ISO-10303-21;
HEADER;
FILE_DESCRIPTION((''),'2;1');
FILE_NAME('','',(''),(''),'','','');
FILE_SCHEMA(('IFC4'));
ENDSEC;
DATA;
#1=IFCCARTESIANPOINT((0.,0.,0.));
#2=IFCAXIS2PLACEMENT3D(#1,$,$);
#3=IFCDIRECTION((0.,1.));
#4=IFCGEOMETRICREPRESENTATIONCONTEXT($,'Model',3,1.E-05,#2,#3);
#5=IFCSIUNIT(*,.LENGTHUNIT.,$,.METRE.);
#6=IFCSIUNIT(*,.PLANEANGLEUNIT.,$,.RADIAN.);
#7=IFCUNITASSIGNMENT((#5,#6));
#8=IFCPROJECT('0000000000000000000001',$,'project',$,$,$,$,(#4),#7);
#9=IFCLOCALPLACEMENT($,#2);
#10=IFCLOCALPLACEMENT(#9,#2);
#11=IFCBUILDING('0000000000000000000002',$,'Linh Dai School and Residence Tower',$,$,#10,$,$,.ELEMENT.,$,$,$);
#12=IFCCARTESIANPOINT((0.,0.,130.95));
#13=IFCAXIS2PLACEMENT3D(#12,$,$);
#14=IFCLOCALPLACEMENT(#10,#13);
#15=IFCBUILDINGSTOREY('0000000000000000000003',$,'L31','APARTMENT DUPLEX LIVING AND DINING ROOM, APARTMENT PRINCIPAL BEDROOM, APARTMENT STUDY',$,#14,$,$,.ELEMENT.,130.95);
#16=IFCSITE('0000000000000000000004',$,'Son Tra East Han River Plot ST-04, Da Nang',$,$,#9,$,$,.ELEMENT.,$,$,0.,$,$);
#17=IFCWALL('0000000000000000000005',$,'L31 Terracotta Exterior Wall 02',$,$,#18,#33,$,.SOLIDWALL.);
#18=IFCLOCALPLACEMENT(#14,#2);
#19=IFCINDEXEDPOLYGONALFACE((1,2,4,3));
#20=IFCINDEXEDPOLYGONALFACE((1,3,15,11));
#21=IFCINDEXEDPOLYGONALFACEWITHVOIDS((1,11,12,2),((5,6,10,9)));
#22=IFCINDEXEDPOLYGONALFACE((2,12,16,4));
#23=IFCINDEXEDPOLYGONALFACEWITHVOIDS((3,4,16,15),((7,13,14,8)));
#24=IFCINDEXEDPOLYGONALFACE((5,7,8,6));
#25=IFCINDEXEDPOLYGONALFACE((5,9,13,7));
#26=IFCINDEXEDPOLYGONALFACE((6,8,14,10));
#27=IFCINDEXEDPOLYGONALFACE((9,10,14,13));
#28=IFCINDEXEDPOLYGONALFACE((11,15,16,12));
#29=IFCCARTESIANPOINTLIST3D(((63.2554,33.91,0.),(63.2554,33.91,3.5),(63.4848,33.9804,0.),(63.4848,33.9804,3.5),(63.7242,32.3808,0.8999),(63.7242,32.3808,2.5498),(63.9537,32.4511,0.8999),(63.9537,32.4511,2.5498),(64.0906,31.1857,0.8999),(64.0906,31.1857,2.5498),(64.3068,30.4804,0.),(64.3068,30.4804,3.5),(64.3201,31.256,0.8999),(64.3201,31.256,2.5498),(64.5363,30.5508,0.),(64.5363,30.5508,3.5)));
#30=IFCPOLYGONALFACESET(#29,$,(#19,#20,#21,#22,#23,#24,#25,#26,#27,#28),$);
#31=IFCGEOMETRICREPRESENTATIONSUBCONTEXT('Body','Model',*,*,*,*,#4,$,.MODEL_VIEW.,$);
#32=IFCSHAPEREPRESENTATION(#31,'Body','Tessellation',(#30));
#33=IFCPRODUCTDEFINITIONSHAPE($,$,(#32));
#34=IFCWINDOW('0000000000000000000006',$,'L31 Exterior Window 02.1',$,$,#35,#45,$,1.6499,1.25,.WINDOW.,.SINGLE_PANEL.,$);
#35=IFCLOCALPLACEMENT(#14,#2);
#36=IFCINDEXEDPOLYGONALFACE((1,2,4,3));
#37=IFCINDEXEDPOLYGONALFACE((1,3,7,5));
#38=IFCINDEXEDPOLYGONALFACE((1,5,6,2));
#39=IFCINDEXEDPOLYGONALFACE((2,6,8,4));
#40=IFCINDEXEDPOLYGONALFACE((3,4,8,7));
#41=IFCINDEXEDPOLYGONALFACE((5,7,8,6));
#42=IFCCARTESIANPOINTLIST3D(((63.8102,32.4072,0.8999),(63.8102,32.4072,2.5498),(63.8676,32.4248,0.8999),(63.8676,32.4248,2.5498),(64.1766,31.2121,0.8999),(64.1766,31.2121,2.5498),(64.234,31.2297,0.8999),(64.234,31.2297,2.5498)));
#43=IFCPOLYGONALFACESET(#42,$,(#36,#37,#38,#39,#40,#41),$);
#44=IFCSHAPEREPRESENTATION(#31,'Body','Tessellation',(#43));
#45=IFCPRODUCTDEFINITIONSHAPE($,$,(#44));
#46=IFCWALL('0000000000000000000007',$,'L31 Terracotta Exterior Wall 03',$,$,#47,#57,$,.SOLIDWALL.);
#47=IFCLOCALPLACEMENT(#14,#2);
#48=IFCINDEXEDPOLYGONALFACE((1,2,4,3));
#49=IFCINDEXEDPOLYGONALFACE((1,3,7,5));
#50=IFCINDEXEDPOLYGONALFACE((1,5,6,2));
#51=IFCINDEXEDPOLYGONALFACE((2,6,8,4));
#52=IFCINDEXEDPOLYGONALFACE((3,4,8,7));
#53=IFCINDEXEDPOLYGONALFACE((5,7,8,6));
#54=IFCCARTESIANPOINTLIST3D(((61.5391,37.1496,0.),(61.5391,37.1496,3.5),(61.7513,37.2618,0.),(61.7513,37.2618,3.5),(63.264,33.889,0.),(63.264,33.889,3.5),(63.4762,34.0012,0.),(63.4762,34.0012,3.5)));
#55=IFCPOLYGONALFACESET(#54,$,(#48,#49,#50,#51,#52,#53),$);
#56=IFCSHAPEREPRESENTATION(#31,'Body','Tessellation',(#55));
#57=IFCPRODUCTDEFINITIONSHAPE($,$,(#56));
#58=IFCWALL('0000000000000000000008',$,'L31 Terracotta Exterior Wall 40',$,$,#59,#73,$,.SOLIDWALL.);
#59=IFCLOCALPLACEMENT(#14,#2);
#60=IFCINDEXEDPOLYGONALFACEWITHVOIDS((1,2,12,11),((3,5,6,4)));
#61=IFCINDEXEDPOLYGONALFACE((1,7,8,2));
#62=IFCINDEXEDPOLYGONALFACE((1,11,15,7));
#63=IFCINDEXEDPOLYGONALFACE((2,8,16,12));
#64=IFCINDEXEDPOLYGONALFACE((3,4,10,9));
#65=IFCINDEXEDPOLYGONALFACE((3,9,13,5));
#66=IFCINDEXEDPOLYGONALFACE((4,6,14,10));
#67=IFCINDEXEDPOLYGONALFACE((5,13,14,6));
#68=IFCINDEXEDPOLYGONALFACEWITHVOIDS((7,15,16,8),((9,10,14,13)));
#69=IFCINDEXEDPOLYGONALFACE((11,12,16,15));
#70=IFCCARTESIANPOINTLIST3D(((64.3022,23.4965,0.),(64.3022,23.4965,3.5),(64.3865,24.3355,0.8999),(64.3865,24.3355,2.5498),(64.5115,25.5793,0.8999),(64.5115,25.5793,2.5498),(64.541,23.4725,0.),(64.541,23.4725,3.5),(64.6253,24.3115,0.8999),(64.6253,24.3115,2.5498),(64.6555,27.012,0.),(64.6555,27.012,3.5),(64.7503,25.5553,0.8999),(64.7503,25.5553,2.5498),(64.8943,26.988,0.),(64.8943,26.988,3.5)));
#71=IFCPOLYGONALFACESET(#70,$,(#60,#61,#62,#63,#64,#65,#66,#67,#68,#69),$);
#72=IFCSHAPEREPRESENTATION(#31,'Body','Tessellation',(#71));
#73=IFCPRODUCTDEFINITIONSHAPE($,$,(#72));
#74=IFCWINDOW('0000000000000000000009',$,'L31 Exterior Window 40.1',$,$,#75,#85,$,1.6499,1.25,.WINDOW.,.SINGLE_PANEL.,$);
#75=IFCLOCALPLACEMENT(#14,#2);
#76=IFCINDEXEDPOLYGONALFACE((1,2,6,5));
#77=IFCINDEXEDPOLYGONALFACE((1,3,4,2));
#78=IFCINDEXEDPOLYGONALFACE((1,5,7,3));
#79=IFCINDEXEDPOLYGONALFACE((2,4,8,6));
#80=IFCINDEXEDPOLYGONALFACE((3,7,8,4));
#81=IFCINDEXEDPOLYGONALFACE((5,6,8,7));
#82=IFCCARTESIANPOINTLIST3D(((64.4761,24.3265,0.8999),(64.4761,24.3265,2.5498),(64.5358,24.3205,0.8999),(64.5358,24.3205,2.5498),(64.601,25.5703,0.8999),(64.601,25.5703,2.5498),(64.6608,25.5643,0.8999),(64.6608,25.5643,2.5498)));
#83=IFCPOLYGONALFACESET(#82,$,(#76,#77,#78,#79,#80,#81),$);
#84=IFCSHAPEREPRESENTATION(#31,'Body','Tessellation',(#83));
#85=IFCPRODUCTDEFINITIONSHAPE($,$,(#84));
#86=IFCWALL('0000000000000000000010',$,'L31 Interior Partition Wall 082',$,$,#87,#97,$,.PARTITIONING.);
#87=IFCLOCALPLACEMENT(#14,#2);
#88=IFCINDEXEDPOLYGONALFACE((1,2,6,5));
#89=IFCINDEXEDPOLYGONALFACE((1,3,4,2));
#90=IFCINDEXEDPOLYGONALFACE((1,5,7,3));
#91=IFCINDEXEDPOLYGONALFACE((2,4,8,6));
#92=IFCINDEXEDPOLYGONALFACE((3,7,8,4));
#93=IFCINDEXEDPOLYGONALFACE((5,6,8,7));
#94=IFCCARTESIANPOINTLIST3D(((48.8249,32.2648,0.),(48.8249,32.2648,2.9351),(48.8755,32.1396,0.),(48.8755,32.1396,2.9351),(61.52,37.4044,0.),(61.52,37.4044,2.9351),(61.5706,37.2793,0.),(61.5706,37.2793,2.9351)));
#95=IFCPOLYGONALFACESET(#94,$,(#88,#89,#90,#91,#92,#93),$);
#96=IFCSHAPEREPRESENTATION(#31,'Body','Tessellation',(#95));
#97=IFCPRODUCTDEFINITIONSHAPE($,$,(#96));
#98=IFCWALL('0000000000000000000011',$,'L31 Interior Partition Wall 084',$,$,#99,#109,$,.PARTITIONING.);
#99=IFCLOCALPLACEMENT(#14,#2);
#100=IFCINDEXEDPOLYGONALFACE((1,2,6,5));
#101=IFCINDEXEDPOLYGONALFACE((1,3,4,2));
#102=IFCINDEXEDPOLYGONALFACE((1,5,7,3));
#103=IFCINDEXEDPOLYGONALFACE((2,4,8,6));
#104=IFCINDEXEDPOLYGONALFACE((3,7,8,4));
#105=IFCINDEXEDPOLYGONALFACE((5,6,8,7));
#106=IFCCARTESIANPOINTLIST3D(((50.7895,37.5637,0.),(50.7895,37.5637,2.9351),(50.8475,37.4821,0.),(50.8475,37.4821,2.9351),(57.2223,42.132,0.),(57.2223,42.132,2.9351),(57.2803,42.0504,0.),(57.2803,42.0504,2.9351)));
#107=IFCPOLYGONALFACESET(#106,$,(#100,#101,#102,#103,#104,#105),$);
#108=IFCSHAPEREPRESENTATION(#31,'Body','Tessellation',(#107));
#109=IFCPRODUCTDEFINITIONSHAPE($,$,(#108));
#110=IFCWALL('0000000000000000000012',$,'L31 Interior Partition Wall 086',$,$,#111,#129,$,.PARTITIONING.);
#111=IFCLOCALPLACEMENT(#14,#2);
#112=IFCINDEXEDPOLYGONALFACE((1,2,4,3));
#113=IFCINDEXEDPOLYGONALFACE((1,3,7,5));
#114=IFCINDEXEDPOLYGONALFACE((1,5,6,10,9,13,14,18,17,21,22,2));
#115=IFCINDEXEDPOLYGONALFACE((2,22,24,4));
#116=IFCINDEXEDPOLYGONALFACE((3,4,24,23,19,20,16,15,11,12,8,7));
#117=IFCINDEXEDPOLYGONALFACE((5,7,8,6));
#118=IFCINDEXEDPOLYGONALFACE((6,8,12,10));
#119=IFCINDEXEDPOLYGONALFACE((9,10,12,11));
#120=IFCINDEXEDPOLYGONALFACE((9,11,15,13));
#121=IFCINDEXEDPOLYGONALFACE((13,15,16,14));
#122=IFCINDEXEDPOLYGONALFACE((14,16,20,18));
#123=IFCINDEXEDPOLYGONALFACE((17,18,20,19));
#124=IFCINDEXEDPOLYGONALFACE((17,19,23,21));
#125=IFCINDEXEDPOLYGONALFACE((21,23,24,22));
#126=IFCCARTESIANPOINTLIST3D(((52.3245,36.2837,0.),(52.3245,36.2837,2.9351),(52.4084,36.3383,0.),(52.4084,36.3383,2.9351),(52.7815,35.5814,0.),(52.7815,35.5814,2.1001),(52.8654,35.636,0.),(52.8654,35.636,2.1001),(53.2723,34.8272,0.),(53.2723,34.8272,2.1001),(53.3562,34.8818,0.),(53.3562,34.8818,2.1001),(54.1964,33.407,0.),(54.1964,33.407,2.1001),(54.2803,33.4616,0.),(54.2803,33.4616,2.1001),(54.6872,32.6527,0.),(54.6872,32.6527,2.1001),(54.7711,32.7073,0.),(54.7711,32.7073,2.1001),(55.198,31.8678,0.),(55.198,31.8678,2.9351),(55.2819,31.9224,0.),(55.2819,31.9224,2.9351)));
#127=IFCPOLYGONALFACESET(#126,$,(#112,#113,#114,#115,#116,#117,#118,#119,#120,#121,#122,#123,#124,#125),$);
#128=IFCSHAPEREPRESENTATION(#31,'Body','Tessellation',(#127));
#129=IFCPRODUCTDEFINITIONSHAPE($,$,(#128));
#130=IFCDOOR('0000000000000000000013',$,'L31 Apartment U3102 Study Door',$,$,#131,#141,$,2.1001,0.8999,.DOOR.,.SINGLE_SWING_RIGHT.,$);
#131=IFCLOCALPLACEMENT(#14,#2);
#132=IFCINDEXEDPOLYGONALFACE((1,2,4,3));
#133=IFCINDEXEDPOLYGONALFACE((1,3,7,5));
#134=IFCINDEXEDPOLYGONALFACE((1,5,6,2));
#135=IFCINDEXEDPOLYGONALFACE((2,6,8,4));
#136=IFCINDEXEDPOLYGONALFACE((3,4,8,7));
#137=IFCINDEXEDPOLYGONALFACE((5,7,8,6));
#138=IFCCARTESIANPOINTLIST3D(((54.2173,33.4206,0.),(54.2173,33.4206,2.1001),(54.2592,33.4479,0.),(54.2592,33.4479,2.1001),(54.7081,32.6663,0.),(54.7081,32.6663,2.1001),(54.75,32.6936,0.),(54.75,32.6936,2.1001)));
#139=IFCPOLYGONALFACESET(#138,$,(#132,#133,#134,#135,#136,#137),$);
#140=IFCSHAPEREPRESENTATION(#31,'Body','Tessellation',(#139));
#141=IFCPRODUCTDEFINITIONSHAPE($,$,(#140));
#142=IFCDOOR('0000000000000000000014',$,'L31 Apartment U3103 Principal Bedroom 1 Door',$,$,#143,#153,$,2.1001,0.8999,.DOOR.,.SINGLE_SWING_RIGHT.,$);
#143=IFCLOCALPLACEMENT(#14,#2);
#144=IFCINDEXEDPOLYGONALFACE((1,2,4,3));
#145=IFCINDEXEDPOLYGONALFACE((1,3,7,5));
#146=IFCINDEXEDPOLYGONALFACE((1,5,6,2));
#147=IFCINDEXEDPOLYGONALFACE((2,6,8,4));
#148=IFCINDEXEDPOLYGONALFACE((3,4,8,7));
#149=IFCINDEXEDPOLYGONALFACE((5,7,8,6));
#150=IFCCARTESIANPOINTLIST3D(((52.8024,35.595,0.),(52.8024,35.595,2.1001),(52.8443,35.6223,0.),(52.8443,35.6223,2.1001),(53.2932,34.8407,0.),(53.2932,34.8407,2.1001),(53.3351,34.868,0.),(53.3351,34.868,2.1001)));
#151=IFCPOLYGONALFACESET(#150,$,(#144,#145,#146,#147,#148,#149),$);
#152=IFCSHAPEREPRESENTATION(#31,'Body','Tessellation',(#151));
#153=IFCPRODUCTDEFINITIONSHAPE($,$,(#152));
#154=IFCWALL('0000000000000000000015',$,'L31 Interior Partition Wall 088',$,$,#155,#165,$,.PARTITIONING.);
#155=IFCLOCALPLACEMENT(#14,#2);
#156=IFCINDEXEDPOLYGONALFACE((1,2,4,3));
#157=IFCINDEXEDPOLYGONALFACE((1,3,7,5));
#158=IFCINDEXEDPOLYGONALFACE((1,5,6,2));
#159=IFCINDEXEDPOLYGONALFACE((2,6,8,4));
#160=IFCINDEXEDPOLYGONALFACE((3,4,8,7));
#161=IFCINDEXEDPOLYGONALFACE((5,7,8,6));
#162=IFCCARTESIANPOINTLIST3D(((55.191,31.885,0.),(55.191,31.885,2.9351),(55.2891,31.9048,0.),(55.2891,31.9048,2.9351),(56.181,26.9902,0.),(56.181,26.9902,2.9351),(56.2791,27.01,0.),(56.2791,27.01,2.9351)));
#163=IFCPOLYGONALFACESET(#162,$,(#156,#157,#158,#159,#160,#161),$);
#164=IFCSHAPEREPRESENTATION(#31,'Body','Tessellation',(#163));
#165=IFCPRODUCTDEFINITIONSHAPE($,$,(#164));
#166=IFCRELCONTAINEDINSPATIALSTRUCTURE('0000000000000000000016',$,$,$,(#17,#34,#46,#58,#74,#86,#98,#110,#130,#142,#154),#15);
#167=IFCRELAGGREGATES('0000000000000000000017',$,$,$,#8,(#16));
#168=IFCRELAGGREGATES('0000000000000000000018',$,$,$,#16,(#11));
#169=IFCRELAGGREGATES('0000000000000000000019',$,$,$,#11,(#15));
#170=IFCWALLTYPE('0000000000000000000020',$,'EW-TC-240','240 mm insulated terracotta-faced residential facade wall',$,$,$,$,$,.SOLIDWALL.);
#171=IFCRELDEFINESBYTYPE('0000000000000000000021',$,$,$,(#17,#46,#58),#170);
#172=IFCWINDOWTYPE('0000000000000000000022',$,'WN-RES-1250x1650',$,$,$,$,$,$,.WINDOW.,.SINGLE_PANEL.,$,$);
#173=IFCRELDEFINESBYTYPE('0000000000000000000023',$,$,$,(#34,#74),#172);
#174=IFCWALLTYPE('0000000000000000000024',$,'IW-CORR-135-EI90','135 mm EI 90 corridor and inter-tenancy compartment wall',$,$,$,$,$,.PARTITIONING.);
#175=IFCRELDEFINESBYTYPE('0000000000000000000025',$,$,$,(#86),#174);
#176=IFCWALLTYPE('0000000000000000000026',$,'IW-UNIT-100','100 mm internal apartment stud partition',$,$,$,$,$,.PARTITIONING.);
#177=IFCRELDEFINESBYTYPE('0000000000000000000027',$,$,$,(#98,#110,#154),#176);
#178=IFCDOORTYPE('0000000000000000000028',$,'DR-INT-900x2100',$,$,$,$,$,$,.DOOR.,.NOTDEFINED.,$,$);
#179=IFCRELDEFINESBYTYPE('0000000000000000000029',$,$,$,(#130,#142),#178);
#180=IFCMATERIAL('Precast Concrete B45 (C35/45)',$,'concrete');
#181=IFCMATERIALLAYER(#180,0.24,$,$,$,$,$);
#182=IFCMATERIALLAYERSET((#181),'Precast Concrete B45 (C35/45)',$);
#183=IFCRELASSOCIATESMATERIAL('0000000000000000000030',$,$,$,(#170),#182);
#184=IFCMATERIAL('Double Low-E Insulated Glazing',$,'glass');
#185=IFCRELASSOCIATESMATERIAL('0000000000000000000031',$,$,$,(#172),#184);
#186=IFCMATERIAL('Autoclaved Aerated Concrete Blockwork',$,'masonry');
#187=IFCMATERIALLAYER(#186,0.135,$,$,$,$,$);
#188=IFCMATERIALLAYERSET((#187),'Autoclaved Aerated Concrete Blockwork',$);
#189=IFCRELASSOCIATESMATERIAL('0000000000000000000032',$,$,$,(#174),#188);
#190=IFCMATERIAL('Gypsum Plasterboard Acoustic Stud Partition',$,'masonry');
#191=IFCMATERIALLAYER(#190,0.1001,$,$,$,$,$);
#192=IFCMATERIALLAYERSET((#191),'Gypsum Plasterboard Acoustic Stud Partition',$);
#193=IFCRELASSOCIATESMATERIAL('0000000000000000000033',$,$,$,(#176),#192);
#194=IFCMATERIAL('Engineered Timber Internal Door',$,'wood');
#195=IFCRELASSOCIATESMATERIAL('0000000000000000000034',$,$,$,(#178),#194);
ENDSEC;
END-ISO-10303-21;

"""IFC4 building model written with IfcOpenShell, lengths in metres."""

from ifc_helpers import new_model, si_unit, direction, frame, frame_2d, origin, origin_2d, place, context, subcontext, project, spatial, rectangle, extrude, source, transform, mapped, material, layer, layer_set, type_object, element, fill, save


model = new_model("IFC4")

# Units and contexts
model_context = context("Model", 3, precision=1e-05, world=origin(), true_north=direction((0.0, 1.0)))
body_context = subcontext(model_context, "Body", "Model", "MODEL_VIEW")
ifc_project = project(units=[si_unit("LENGTHUNIT", "METRE"), si_unit("PLANEANGLEUNIT", "RADIAN")], contexts=[model_context])

# Site, building, storey
site_placement = place(None, origin())
site = spatial("IfcSite", under=ifc_project, at=site_placement, Name="Son Tra East Han River Plot ST-04, Da Nang", CompositionType="ELEMENT", RefElevation=0.0)
building_placement = place(site_placement, origin())
building = spatial("IfcBuilding", under=site, at=building_placement, Name="Linh Dai School and Residence Tower", CompositionType="ELEMENT")
storey_placement = place(building_placement, frame((0.0, 0.0, 130.95)))
storey = spatial("IfcBuildingStorey", under=building, at=storey_placement, Name="L31", Description="APARTMENT DUPLEX LIVING AND DINING ROOM, APARTMENT PRINCIPAL BEDROOM, APARTMENT STUDY", CompositionType="ELEMENT", Elevation=130.95)

# Shared definitions
ifc_material_1 = material(Name="Precast Concrete B45 (C35/45)", Category="concrete")

# Shared definitions
ifc_layer_1 = layer(ifc_material_1, 0.24)
ifc_layer_set_1 = layer_set([ifc_layer_1], Name="Precast Concrete B45 (C35/45)")
wall_type_1 = type_object("IfcWallType", Name="EW-TC-240", Description="240 mm insulated terracotta-faced residential facade wall", PredefinedType="SOLIDWALL", material=ifc_layer_set_1)

# Wall, opening, window
wall_1_placement = place(storey_placement, frame((63.3701, 33.9451, 0.0), z_axis=(0.0, 0.0, 1.0), x_axis=(0.293124, -0.956074, 0.0)))
wall_1 = element("IfcWall", 1, at=wall_1_placement, inside=storey, type_object=wall_type_1, Name="L31 Terracotta Exterior Wall 02", PredefinedType="SOLIDWALL", context=body_context, shape_type="SweptSolid", body=[
    extrude(rectangle(XDim=3.5872, YDim=0.24, at=frame_2d((1.7935, 0.0))), origin(), (0.0, 0.0, 1.0), 3.5),
])
opening_1_placement = place(wall_1_placement, frame((1.5994, 0.0, 0.8999)))
opening_1 = element("IfcOpeningElement", 2, at=opening_1_placement, cuts=wall_1, PredefinedType="OPENING", context=body_context, shape_type="SweptSolid", body=[
    extrude(rectangle(XDim=1.25, YDim=1.6499, at=origin_2d()), frame((0.625, 0.1299, 0.825), z_axis=(0.0, -1.0, 0.0), x_axis=(1.0, 0.0, 0.0)), (0.0, 0.0, 1.0), 0.26),
])
ifc_material_2 = material(Name="Double Low-E Insulated Glazing", Category="glass")
window_type = type_object("IfcWindowType", Name="WN-RES-1250x1650", PartitioningType="SINGLE_PANEL", PredefinedType="WINDOW", material=ifc_material_2)
shared_shape_1 = source(origin(), body_context, "Body", "SweptSolid", [
    extrude(rectangle(XDim=1.25, YDim=1.6499, at=origin_2d()), frame((0.625, 0.03, 0.825), z_axis=(0.0, -1.0, 0.0), x_axis=(1.0, 0.0, 0.0)), (0.0, 0.0, 1.0), 0.0601),
])
window_1_placement = place(opening_1_placement, origin())
window_1 = element("IfcWindow", 3, at=window_1_placement, inside=storey, type_object=window_type, Name="L31 Exterior Window 02.1", OverallHeight=1.6499, OverallWidth=1.25, PartitioningType="SINGLE_PANEL", PredefinedType="WINDOW", context=body_context, shape_type="MappedRepresentation", body=[
    mapped(shared_shape_1, transform((0.0, 0.0, 0.0), x_axis=(1.0, 0.0, 0.0), y_axis=(0.0, 1.0, 0.0), z_axis=(0.0, 0.0, 1.0), scale=1.0)),
])
fill(opening_1, window_1)

# Wall
wall_2_placement = place(storey_placement, frame((61.6453, 37.2056, 0.0), z_axis=(0.0, 0.0, 1.0), x_axis=(0.467614, -0.883933, 0.0)))
element("IfcWall", 4, at=wall_2_placement, inside=storey, type_object=wall_type_1, Name="L31 Terracotta Exterior Wall 03", PredefinedType="SOLIDWALL", context=body_context, shape_type="SweptSolid", body=[
    extrude(rectangle(XDim=3.6887, YDim=0.24, at=frame_2d((1.8442, 0.0))), origin(), (0.0, 0.0, 1.0), 3.5),
])

# Wall, opening, window
wall_3_placement = place(storey_placement, frame((64.7749, 27.0, 0.0), z_axis=(0.0, 0.0, 1.0), x_axis=(-0.099989, -0.994988, 0.0)))
wall_3 = element("IfcWall", 5, at=wall_3_placement, inside=storey, type_object=wall_type_1, Name="L31 Terracotta Exterior Wall 40", PredefinedType="SOLIDWALL", context=body_context, shape_type="SweptSolid", body=[
    extrude(rectangle(XDim=3.5332, YDim=0.24, at=frame_2d((1.7666, 0.0))), origin(), (0.0, 0.0, 1.0), 3.5),
])
opening_2_placement = place(wall_3_placement, frame((1.4399, 0.0, 0.8999)))
opening_2 = element("IfcOpeningElement", 6, at=opening_2_placement, cuts=wall_3, PredefinedType="OPENING", context=body_context, shape_type="SweptSolid", body=[
    extrude(rectangle(XDim=1.25, YDim=1.6499, at=origin_2d()), frame((0.625, 0.1299, 0.825), z_axis=(0.0, -1.0, 0.0), x_axis=(1.0, 0.0, 0.0)), (0.0, 0.0, 1.0), 0.26),
])
window_2_placement = place(opening_2_placement, origin())
window_2 = element("IfcWindow", 7, at=window_2_placement, inside=storey, type_object=window_type, Name="L31 Exterior Window 40.1", OverallHeight=1.6499, OverallWidth=1.25, PartitioningType="SINGLE_PANEL", PredefinedType="WINDOW", context=body_context, shape_type="MappedRepresentation", body=[
    mapped(shared_shape_1, transform((0.0, 0.0, 0.0), x_axis=(1.0, 0.0, 0.0), y_axis=(0.0, 1.0, 0.0), z_axis=(0.0, 0.0, 1.0), scale=1.0)),
])
fill(opening_2, window_2)

# Walls
ifc_material_3 = material(Name="Autoclaved Aerated Concrete Blockwork", Category="masonry")
ifc_layer_2 = layer(ifc_material_3, 0.135)
ifc_layer_set_2 = layer_set([ifc_layer_2], Name="Autoclaved Aerated Concrete Blockwork")
wall_type_2 = type_object("IfcWallType", Name="IW-CORR-135-EI90", Description="135 mm EI 90 corridor and inter-tenancy compartment wall", PredefinedType="PARTITIONING", material=ifc_layer_set_2)
wall_4_placement = place(storey_placement, frame((48.8501, 32.2021, 0.0), z_axis=(0.0, 0.0, 1.0), x_axis=(0.926917, 0.375266, 0.0)))
element("IfcWall", 8, at=wall_4_placement, inside=storey, type_object=wall_type_2, Name="L31 Interior Partition Wall 082", PredefinedType="PARTITIONING", context=body_context, shape_type="SweptSolid", body=[
    extrude(rectangle(XDim=13.696, YDim=0.135, at=frame_2d((6.8481, 0.0))), origin(), (0.0, 0.0, 1.0), 2.9351),
])
ifc_material_4 = material(Name="Gypsum Plasterboard Acoustic Stud Partition", Category="masonry")
ifc_layer_3 = layer(ifc_material_4, 0.1001)
ifc_layer_set_3 = layer_set([ifc_layer_3], Name="Gypsum Plasterboard Acoustic Stud Partition")
wall_type_3 = type_object("IfcWallType", Name="IW-UNIT-100", Description="100 mm internal apartment stud partition", PredefinedType="PARTITIONING", material=ifc_layer_set_3)
wall_5_placement = place(storey_placement, frame((50.8186, 37.5229, 0.0), z_axis=(0.0, 0.0, 1.0), x_axis=(0.815321, 0.579009, 0.0)))
element("IfcWall", 9, at=wall_5_placement, inside=storey, type_object=wall_type_3, Name="L31 Interior Partition Wall 084", PredefinedType="PARTITIONING", context=body_context, shape_type="SweptSolid", body=[
    extrude(rectangle(XDim=7.8899, YDim=0.1001, at=frame_2d((3.9448, 0.0))), origin(), (0.0, 0.0, 1.0), 2.9351),
])

# Wall, openings, doors
wall_6_placement = place(storey_placement, frame((52.3665, 36.311, 0.0), z_axis=(0.0, 0.0, 1.0), x_axis=(0.545405, -0.838172, 0.0)))
wall_6 = element("IfcWall", 10, at=wall_6_placement, inside=storey, type_object=wall_type_3, Name="L31 Interior Partition Wall 086", PredefinedType="PARTITIONING", context=body_context, shape_type="SweptSolid", body=[
    extrude(rectangle(XDim=5.2686, YDim=0.1001, at=frame_2d((2.6343, 0.0))), origin(), (0.0, 0.0, 1.0), 2.9351),
])
opening_3_placement = place(wall_6_placement, frame((3.4321, 0.0, 0.0)))
opening_3 = element("IfcOpeningElement", 11, at=opening_3_placement, cuts=wall_6, PredefinedType="OPENING", context=body_context, shape_type="SweptSolid", body=[
    extrude(rectangle(XDim=0.8999, YDim=2.1001, at=origin_2d()), frame((0.45, 0.0601, 1.05), z_axis=(0.0, -1.0, 0.0), x_axis=(1.0, 0.0, 0.0)), (0.0, 0.0, 1.0), 0.1201),
])
opening_4_placement = place(wall_6_placement, frame((0.8379, 0.0, 0.0)))
opening_4 = element("IfcOpeningElement", 12, at=opening_4_placement, cuts=wall_6, PredefinedType="OPENING", context=body_context, shape_type="SweptSolid", body=[
    extrude(rectangle(XDim=0.8999, YDim=2.1001, at=origin_2d()), frame((0.45, 0.0601, 1.05), z_axis=(0.0, -1.0, 0.0), x_axis=(1.0, 0.0, 0.0)), (0.0, 0.0, 1.0), 0.1201),
])
ifc_material_5 = material(Name="Engineered Timber Internal Door", Category="wood")
door_type = type_object("IfcDoorType", Name="DR-INT-900x2100", OperationType="NOTDEFINED", PredefinedType="DOOR", material=ifc_material_5)
shared_shape_2 = source(origin(), body_context, "Body", "SweptSolid", [
    extrude(rectangle(XDim=0.8999, YDim=2.1001, at=origin_2d()), frame((0.45, 0.0249, 1.05), z_axis=(0.0, -1.0, 0.0), x_axis=(1.0, 0.0, 0.0)), (0.0, 0.0, 1.0), 0.05),
])
door_1_placement = place(opening_3_placement, origin())
door_1 = element("IfcDoor", 13, at=door_1_placement, inside=storey, type_object=door_type, Name="L31 Apartment U3102 Study Door", OperationType="SINGLE_SWING_RIGHT", OverallHeight=2.1001, OverallWidth=0.8999, PredefinedType="DOOR", context=body_context, shape_type="MappedRepresentation", body=[
    mapped(shared_shape_2, transform((0.0, 0.0, 0.0), x_axis=(1.0, 0.0, 0.0), y_axis=(0.0, 1.0, 0.0), z_axis=(0.0, 0.0, 1.0), scale=1.0)),
])
fill(opening_3, door_1)
door_2_placement = place(opening_4_placement, origin())
door_2 = element("IfcDoor", 14, at=door_2_placement, inside=storey, type_object=door_type, Name="L31 Apartment U3103 Principal Bedroom 1 Door", OperationType="SINGLE_SWING_RIGHT", OverallHeight=2.1001, OverallWidth=0.8999, PredefinedType="DOOR", context=body_context, shape_type="MappedRepresentation", body=[
    mapped(shared_shape_2, transform((0.0, 0.0, 0.0), x_axis=(1.0, 0.0, 0.0), y_axis=(0.0, 1.0, 0.0), z_axis=(0.0, 0.0, 1.0), scale=1.0)),
])
fill(opening_4, door_2)

# Wall
wall_7_placement = place(storey_placement, frame((55.24, 31.895, 0.0), z_axis=(0.0, 0.0, 1.0), x_axis=(0.19824, -0.980153, 0.0)))
element("IfcWall", 15, at=wall_7_placement, inside=storey, type_object=wall_type_3, Name="L31 Interior Partition Wall 088", PredefinedType="PARTITIONING", context=body_context, shape_type="SweptSolid", body=[
    extrude(rectangle(XDim=4.9939, YDim=0.1001, at=frame_2d((2.4971, 0.0))), origin(), (0.0, 0.0, 1.0), 2.9351),
])

save(model, "model.ifc")
